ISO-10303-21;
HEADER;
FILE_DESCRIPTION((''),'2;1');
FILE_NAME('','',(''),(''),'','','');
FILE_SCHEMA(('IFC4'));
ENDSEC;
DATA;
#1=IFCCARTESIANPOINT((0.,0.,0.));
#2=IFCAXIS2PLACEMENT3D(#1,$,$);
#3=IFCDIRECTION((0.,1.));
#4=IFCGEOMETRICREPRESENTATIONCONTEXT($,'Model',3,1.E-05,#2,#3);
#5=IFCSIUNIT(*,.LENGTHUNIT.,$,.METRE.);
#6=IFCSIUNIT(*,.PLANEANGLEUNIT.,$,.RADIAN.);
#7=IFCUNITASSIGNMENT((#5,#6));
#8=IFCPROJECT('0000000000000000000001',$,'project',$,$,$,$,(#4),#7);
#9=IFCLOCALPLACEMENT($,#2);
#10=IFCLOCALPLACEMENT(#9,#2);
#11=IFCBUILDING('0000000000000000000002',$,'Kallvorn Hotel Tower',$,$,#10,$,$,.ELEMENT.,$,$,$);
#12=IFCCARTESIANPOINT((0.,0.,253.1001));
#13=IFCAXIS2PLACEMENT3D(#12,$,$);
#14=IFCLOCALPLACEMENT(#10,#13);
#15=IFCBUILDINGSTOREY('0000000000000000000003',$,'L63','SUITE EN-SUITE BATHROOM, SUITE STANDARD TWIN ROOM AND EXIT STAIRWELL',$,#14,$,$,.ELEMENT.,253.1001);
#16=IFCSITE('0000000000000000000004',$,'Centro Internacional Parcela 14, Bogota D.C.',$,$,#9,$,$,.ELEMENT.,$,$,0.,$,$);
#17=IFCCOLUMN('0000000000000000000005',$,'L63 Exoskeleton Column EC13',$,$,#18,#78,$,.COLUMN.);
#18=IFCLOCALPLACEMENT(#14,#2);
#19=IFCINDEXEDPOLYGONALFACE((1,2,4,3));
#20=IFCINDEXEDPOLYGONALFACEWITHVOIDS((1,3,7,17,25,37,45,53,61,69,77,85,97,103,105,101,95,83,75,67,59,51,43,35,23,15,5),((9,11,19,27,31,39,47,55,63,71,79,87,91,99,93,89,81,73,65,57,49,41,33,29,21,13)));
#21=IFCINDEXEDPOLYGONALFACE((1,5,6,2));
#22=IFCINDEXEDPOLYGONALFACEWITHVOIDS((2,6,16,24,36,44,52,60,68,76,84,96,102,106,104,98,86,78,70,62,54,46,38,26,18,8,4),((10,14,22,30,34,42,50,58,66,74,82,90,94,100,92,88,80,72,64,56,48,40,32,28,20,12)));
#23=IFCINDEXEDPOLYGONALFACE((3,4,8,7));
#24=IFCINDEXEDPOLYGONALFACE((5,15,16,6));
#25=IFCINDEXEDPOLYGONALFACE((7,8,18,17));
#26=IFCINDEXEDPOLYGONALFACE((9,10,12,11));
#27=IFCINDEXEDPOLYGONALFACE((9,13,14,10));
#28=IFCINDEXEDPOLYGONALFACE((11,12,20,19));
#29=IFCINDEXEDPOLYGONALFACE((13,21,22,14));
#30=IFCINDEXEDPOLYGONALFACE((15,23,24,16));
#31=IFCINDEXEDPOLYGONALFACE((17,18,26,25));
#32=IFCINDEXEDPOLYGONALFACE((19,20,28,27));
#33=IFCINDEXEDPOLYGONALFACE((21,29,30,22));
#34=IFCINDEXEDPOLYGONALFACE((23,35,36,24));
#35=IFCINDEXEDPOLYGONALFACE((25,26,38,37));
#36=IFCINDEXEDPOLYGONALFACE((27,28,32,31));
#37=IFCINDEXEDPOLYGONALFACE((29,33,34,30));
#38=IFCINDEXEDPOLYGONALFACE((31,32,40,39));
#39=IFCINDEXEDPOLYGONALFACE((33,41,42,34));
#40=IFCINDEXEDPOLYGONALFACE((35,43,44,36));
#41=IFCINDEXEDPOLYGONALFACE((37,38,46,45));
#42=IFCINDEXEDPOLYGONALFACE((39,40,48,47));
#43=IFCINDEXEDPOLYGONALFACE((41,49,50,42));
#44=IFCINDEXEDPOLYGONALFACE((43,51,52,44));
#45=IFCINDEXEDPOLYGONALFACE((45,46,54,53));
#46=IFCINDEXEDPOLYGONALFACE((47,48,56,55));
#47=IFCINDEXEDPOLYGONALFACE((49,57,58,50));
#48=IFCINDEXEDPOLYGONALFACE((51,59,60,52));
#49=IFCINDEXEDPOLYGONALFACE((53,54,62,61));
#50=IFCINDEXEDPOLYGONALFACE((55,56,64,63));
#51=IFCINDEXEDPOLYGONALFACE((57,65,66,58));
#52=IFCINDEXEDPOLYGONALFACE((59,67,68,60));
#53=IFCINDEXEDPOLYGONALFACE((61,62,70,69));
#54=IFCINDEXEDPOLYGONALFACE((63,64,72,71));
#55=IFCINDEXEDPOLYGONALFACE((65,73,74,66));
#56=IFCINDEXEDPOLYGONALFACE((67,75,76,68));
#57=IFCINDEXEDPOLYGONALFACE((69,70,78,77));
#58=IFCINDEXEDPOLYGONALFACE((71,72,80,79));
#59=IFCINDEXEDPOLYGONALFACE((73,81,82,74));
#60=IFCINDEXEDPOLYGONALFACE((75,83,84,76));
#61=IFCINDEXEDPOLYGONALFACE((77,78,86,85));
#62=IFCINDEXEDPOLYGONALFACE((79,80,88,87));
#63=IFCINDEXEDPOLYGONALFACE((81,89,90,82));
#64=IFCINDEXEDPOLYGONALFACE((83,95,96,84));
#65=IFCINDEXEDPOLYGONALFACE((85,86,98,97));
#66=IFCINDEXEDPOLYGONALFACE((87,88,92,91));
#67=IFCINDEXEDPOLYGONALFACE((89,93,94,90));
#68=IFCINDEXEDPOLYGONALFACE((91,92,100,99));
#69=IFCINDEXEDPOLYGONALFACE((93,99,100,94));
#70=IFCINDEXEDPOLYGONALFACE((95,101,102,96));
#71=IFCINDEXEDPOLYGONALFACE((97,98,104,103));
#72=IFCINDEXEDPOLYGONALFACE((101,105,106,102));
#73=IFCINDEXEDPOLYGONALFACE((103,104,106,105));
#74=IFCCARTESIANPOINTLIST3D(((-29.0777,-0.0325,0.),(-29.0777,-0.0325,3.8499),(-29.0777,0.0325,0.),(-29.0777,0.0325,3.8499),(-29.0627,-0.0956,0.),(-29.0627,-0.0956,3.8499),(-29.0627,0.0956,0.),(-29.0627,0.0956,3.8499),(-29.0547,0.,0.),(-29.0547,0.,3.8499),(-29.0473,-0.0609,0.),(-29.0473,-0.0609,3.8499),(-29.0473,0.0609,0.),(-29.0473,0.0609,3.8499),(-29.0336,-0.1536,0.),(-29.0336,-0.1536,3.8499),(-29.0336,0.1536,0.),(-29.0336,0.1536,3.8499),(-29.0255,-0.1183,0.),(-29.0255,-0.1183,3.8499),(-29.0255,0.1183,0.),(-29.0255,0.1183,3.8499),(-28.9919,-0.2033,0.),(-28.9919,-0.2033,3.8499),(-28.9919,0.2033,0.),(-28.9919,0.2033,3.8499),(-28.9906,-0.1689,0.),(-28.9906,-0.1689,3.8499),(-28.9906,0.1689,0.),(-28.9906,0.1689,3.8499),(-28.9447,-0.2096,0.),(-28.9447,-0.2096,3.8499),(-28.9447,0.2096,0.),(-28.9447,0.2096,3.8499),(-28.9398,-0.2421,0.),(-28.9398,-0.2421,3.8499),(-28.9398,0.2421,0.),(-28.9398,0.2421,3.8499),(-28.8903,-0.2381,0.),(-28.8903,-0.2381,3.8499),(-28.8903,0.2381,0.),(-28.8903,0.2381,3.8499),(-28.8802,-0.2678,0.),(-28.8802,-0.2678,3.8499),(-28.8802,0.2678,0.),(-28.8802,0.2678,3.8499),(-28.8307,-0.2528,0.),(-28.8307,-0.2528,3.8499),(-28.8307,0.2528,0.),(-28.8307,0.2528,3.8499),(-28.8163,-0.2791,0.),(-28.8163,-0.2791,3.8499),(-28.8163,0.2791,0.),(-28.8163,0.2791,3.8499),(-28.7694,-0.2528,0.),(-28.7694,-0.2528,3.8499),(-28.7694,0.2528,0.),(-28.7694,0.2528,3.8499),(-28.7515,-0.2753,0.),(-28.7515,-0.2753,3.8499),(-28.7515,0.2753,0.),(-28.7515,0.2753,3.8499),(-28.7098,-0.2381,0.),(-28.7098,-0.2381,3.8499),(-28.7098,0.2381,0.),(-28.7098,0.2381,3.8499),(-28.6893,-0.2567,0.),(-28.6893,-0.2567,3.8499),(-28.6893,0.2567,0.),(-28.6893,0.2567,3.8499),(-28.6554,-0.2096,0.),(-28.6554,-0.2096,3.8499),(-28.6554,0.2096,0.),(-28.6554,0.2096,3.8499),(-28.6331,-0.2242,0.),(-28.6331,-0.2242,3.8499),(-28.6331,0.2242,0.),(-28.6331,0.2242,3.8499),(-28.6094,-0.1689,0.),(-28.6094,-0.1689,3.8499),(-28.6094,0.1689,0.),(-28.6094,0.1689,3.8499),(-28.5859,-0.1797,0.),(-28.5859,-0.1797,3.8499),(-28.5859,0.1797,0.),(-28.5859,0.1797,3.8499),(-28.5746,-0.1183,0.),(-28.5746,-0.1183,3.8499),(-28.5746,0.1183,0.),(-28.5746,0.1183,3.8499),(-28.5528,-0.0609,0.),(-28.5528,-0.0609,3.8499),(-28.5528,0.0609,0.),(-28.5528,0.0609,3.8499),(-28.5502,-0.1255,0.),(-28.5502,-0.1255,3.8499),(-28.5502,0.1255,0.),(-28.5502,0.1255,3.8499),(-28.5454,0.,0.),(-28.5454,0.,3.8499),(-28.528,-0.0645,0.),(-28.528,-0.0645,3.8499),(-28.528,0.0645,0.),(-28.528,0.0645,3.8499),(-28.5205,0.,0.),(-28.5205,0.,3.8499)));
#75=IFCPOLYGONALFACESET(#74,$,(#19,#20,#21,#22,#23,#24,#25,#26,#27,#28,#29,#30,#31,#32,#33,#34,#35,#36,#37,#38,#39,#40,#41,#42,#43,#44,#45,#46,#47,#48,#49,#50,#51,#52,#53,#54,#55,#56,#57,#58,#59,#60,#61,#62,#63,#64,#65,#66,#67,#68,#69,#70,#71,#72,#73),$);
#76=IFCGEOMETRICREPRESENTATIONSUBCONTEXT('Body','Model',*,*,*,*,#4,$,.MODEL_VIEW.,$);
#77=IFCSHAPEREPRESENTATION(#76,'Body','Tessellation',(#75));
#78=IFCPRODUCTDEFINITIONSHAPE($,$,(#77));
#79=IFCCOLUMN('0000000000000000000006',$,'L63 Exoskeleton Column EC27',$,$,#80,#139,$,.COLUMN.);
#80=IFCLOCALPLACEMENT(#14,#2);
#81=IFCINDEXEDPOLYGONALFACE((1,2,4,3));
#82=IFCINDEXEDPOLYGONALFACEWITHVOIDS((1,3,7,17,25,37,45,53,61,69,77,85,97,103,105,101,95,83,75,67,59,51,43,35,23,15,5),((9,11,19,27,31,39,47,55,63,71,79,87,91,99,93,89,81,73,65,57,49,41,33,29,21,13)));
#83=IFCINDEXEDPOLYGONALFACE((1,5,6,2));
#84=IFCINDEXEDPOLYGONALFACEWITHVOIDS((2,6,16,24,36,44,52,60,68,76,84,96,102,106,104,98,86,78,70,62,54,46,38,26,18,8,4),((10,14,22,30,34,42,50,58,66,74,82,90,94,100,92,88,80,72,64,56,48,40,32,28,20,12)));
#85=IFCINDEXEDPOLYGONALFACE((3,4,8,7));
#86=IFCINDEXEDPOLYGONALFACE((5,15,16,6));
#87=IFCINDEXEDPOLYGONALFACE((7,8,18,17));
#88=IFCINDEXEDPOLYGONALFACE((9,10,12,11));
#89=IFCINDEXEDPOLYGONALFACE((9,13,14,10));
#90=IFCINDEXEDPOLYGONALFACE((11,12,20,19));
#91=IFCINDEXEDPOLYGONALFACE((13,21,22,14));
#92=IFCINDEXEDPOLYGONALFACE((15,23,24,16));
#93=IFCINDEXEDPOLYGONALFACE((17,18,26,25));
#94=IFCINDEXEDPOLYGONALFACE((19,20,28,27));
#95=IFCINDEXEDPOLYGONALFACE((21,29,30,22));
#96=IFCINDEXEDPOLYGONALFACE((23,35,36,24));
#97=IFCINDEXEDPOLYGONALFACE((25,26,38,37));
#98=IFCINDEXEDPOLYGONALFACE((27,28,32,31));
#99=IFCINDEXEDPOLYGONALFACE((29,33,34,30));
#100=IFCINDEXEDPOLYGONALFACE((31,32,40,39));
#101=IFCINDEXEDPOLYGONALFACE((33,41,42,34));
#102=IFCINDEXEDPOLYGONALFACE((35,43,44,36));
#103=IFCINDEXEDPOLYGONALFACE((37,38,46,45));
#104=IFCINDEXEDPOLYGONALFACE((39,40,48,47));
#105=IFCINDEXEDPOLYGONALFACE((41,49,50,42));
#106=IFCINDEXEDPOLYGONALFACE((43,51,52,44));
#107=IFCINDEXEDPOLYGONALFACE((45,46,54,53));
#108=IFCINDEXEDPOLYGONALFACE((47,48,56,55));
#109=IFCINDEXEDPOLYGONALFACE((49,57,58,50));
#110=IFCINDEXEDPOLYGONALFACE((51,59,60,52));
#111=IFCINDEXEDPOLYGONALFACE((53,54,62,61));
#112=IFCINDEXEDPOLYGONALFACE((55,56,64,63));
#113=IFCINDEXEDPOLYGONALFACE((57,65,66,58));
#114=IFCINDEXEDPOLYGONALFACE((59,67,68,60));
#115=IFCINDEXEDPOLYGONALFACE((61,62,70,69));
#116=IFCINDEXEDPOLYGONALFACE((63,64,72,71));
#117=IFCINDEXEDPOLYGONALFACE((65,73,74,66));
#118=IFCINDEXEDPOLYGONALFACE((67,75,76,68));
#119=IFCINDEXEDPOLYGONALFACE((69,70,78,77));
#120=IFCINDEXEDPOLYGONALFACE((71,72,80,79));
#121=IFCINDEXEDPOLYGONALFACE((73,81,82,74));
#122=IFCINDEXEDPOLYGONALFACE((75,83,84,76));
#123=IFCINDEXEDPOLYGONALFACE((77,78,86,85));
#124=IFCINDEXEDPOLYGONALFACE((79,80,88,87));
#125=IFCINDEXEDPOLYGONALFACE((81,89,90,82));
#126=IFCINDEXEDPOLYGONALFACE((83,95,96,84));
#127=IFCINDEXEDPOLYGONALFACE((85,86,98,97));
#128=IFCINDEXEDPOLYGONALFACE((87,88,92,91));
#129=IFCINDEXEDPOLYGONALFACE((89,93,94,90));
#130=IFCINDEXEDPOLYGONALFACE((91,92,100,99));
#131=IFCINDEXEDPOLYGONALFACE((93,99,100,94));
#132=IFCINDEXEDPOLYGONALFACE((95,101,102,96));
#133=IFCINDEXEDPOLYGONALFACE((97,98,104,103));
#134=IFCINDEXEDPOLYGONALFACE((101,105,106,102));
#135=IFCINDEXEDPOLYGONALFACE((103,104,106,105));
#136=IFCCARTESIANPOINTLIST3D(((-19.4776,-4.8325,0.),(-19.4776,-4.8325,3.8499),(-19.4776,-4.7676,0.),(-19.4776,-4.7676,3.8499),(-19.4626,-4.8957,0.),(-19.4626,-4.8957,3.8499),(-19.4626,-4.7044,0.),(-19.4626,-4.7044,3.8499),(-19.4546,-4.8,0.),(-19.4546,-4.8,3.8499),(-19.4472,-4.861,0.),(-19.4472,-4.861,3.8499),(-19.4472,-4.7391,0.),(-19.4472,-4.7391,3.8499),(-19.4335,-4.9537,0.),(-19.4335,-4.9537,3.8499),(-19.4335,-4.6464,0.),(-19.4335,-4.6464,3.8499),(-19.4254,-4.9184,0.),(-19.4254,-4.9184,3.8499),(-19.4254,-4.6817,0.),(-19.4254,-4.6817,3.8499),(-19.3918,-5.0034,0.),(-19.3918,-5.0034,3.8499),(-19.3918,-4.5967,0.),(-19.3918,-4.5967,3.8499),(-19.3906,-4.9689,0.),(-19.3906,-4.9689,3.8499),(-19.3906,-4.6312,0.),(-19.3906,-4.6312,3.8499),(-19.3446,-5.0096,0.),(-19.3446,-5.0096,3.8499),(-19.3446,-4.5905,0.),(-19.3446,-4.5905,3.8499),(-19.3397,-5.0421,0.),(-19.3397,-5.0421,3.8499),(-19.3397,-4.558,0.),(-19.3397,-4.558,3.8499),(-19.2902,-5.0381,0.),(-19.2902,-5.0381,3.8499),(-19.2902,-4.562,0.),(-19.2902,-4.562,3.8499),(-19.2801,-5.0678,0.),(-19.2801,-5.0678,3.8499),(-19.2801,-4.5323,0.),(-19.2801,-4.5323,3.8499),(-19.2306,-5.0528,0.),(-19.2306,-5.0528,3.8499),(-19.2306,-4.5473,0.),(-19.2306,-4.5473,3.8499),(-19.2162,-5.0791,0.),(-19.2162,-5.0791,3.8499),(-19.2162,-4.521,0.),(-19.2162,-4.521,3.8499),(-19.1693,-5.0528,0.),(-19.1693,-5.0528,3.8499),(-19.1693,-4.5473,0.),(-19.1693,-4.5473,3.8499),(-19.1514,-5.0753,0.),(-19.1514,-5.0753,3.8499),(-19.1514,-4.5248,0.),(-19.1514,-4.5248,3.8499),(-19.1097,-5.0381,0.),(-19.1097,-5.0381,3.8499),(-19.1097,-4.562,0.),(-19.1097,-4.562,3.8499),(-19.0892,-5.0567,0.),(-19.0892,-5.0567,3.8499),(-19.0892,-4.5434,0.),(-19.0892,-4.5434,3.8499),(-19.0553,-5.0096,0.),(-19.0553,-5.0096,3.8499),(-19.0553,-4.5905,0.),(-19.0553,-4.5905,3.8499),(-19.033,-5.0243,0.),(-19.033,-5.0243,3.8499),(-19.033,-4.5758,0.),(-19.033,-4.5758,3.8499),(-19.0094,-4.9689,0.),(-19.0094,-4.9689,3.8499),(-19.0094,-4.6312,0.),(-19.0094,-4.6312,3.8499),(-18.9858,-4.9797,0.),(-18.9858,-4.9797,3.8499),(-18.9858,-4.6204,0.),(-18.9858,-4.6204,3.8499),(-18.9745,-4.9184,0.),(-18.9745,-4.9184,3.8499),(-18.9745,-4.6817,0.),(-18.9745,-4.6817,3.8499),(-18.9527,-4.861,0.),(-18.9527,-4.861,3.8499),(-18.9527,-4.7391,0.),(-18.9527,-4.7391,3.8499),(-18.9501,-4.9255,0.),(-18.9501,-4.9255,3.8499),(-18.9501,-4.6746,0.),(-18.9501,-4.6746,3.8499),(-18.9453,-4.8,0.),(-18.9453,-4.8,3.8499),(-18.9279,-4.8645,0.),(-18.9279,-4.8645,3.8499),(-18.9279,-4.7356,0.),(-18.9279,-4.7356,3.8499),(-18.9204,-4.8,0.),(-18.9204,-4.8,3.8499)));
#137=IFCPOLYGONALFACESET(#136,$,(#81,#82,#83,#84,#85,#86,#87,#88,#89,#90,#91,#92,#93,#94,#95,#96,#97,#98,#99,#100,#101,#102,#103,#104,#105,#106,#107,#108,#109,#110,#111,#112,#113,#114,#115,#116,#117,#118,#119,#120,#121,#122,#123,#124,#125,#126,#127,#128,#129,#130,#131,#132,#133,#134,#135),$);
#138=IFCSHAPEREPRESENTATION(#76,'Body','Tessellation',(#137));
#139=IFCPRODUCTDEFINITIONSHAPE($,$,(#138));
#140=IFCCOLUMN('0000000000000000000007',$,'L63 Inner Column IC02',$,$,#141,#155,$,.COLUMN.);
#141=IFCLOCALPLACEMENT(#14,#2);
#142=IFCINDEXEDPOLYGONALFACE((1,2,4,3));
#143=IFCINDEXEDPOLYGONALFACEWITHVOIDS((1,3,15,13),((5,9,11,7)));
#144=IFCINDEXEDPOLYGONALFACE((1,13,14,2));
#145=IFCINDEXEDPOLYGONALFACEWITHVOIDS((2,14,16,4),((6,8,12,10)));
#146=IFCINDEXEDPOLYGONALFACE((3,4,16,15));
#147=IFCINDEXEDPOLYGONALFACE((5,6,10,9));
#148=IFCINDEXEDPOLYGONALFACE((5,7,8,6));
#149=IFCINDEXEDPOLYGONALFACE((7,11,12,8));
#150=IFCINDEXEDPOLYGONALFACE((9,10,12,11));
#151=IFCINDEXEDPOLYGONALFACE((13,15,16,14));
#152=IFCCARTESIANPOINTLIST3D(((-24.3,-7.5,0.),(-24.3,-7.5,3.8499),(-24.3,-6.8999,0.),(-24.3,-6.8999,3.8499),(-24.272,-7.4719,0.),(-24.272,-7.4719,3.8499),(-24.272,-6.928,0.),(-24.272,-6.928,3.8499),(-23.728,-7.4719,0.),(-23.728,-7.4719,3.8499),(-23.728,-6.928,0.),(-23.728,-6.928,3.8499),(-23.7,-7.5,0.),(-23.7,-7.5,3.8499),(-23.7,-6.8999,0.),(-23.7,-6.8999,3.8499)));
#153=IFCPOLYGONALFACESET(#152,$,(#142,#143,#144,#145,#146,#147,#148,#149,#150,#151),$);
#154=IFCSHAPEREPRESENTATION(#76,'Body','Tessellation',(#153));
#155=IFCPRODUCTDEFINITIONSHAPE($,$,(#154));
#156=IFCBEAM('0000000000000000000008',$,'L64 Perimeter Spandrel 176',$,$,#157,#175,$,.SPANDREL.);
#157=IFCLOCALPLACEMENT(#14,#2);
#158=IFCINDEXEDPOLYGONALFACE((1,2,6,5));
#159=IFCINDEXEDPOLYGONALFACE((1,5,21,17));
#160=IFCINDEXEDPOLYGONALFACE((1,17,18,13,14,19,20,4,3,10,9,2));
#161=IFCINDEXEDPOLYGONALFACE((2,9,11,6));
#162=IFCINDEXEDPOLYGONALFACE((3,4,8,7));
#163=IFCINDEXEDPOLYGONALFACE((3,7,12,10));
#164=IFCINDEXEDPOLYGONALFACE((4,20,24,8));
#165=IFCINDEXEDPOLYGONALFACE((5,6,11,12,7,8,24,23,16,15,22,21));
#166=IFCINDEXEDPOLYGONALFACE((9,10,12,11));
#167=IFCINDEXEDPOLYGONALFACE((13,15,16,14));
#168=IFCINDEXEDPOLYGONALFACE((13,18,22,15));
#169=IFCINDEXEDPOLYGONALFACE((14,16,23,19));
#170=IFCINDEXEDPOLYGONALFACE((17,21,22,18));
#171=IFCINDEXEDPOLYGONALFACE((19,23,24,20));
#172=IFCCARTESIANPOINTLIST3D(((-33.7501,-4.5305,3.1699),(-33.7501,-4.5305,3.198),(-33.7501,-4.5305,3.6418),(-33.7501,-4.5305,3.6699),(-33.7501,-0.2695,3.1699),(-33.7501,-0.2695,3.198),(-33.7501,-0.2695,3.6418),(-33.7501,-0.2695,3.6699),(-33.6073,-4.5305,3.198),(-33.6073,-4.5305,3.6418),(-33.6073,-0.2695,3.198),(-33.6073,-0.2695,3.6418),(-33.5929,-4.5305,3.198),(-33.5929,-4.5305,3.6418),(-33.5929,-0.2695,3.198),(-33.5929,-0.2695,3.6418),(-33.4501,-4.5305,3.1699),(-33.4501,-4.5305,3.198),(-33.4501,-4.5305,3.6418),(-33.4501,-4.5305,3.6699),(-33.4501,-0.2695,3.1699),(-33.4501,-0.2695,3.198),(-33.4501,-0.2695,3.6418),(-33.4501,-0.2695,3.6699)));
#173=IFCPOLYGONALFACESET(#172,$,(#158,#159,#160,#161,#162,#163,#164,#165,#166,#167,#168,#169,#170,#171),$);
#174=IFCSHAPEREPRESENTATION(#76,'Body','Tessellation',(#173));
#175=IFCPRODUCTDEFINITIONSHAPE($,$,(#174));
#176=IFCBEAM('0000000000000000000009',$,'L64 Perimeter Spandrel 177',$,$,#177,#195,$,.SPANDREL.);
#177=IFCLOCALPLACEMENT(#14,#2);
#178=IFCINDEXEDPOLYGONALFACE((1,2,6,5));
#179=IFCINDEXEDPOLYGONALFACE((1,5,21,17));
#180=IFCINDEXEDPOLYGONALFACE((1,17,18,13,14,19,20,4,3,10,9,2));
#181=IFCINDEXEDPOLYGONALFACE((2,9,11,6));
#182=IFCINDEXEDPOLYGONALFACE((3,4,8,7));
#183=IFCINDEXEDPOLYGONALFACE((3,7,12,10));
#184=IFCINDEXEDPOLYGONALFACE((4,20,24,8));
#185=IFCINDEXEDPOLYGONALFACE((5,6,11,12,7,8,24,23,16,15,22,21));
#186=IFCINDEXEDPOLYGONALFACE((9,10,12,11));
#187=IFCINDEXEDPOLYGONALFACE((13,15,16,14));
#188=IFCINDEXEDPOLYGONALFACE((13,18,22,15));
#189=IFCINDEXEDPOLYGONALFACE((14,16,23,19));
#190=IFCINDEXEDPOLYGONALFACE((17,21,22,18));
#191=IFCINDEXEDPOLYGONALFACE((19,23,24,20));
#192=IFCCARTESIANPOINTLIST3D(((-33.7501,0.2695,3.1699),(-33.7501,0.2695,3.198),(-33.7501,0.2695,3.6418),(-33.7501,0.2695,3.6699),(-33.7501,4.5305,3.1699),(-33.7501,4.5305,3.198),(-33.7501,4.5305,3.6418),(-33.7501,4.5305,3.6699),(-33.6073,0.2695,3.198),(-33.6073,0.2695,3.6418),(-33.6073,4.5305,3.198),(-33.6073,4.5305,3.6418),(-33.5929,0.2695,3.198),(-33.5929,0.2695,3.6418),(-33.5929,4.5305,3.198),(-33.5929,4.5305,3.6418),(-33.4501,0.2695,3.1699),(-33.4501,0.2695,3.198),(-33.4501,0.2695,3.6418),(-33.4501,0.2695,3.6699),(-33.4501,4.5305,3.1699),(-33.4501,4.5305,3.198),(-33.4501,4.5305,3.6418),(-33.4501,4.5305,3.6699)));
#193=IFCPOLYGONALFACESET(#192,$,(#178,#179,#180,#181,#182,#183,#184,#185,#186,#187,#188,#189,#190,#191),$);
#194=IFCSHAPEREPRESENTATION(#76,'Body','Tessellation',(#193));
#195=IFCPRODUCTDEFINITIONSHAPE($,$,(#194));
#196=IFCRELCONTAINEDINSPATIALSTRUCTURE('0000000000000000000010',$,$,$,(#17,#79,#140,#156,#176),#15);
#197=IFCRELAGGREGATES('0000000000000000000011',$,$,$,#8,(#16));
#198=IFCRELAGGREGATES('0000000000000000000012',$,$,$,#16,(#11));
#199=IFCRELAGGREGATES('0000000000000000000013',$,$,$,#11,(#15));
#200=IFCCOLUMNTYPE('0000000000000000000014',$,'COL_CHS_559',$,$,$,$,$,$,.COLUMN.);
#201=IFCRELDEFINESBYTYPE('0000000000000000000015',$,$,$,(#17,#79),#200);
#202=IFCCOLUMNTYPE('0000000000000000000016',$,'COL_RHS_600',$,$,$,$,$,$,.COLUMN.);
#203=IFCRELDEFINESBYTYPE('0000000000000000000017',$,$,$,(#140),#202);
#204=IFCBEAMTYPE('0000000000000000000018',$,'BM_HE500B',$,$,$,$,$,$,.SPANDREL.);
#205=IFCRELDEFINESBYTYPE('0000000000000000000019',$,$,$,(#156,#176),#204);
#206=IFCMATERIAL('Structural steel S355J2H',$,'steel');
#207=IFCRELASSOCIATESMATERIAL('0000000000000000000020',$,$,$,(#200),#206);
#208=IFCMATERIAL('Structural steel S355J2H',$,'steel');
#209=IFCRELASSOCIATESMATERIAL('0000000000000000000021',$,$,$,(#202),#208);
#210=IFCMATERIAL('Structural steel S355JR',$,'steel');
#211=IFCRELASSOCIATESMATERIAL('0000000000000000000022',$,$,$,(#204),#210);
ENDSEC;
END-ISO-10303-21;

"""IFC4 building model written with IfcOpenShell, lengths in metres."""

from ifc_helpers import new_model, si_unit, direction, frame, origin, origin_2d, place, context, subcontext, project, spatial, hollow_rectangle, hollow_circle, i_section, extrude, material, material_profile, profile_set, type_object, element, save


model = new_model("IFC4")

# Units and contexts
model_context = context("Model", 3, precision=1e-05, world=origin(), true_north=direction((0.0, 1.0)))
body_context = subcontext(model_context, "Body", "Model", "MODEL_VIEW")
ifc_project = project(units=[si_unit("LENGTHUNIT", "METRE"), si_unit("PLANEANGLEUNIT", "RADIAN")], contexts=[model_context])

# Site, building, storey
site_placement = place(None, origin())
site = spatial("IfcSite", under=ifc_project, at=site_placement, Name="Centro Internacional Parcela 14, Bogota D.C.", CompositionType="ELEMENT", RefElevation=0.0)
building_placement = place(site_placement, origin())
building = spatial("IfcBuilding", under=site, at=building_placement, Name="Kallvorn Hotel Tower", CompositionType="ELEMENT")
storey_placement = place(building_placement, frame((0.0, 0.0, 253.1001)))
storey = spatial("IfcBuildingStorey", under=building, at=storey_placement, Name="L63", Description="SUITE EN-SUITE BATHROOM, SUITE STANDARD TWIN ROOM AND EXIT STAIRWELL", CompositionType="ELEMENT", Elevation=253.1001)

# Columns
ifc_material_1 = material(Name="Structural steel S355J2H", Category="steel")
ifc_material_profile_1 = material_profile(ifc_material_1, hollow_circle(Radius=0.2795, WallThickness=0.0249, at=origin_2d()), Name="CHS 559x25")
ifc_profile_set_1 = profile_set([ifc_material_profile_1], Name="Structural steel S355J2H")
column_type_1 = type_object("IfcColumnType", Name="COL_CHS_559", PredefinedType="COLUMN", material=ifc_profile_set_1)
for number, where, z_axis, x_axis, name in (
    (1, (-28.8, 0.0, 0.0), (0.0, 0.0, 1.0), (1.0, 0.0, 0.0), "L63 Exoskeleton Column EC13"),
    (2, (-19.2, -4.8, 0.0), (0.0, 0.0, 1.0), (1.0, 0.0, 0.0), "L63 Exoskeleton Column EC27"),
):
    element("IfcColumn", number, at=place(storey_placement, frame(where, z_axis=z_axis, x_axis=x_axis)), inside=storey, type_object=column_type_1, Name=name, PredefinedType="COLUMN", context=body_context, shape_type="SweptSolid", body=[
        extrude(hollow_circle(Radius=0.2795, WallThickness=0.0249, at=origin_2d()), origin(), (0.0, 0.0, 1.0), 3.8499),
    ])
ifc_material_2 = material(Name="Structural steel S355J2H", Category="steel")
ifc_material_profile_2 = material_profile(ifc_material_2, hollow_rectangle(XDim=0.6001, YDim=0.6001, WallThickness=0.0281, at=origin_2d()), Name="RHS 600x600x28")
ifc_profile_set_2 = profile_set([ifc_material_profile_2], Name="Structural steel S355J2H")
column_type_2 = type_object("IfcColumnType", Name="COL_RHS_600", PredefinedType="COLUMN", material=ifc_profile_set_2)
column_placement = place(storey_placement, frame((-24.0, -7.2, 0.0), z_axis=(0.0, 0.0, 1.0), x_axis=(1.0, 0.0, 0.0)))
element("IfcColumn", 3, at=column_placement, inside=storey, type_object=column_type_2, Name="L63 Inner Column IC02", PredefinedType="COLUMN", context=body_context, shape_type="SweptSolid", body=[
    extrude(hollow_rectangle(XDim=0.6001, YDim=0.6001, WallThickness=0.0281, at=origin_2d()), origin(), (0.0, 0.0, 1.0), 3.8499),
])

# Beams
ifc_material_3 = material(Name="Structural steel S355JR", Category="steel")
ifc_material_profile_3 = material_profile(ifc_material_3, i_section(OverallWidth=0.3, OverallDepth=0.5, WebThickness=0.0144, FlangeThickness=0.0281, at=origin_2d()), Name="HE 500 B")
ifc_profile_set_3 = profile_set([ifc_material_profile_3], Name="Structural steel S355JR")
beam_type_1 = type_object("IfcBeamType", Name="BM_HE500B", PredefinedType="SPANDREL", material=ifc_profile_set_3)
for number, where, z_axis, x_axis, name in (
    (4, (-33.6001, -4.5305, 3.4199), (0.0, 1.0, 0.0), (-1.0, 0.0, 0.0), "L64 Perimeter Spandrel 176"),
    (5, (-33.6001, 0.2695, 3.4199), (0.0, 1.0, 0.0), (-1.0, 0.0, 0.0), "L64 Perimeter Spandrel 177"),
):
    element("IfcBeam", number, at=place(storey_placement, frame(where, z_axis=z_axis, x_axis=x_axis)), inside=storey, type_object=beam_type_1, Name=name, PredefinedType="SPANDREL", context=body_context, shape_type="SweptSolid", body=[
        extrude(i_section(OverallWidth=0.3, OverallDepth=0.5, WebThickness=0.0144, FlangeThickness=0.0281, at=origin_2d()), origin(), (0.0, 0.0, 1.0), 4.261),
    ])

save(model, "model.ifc")
